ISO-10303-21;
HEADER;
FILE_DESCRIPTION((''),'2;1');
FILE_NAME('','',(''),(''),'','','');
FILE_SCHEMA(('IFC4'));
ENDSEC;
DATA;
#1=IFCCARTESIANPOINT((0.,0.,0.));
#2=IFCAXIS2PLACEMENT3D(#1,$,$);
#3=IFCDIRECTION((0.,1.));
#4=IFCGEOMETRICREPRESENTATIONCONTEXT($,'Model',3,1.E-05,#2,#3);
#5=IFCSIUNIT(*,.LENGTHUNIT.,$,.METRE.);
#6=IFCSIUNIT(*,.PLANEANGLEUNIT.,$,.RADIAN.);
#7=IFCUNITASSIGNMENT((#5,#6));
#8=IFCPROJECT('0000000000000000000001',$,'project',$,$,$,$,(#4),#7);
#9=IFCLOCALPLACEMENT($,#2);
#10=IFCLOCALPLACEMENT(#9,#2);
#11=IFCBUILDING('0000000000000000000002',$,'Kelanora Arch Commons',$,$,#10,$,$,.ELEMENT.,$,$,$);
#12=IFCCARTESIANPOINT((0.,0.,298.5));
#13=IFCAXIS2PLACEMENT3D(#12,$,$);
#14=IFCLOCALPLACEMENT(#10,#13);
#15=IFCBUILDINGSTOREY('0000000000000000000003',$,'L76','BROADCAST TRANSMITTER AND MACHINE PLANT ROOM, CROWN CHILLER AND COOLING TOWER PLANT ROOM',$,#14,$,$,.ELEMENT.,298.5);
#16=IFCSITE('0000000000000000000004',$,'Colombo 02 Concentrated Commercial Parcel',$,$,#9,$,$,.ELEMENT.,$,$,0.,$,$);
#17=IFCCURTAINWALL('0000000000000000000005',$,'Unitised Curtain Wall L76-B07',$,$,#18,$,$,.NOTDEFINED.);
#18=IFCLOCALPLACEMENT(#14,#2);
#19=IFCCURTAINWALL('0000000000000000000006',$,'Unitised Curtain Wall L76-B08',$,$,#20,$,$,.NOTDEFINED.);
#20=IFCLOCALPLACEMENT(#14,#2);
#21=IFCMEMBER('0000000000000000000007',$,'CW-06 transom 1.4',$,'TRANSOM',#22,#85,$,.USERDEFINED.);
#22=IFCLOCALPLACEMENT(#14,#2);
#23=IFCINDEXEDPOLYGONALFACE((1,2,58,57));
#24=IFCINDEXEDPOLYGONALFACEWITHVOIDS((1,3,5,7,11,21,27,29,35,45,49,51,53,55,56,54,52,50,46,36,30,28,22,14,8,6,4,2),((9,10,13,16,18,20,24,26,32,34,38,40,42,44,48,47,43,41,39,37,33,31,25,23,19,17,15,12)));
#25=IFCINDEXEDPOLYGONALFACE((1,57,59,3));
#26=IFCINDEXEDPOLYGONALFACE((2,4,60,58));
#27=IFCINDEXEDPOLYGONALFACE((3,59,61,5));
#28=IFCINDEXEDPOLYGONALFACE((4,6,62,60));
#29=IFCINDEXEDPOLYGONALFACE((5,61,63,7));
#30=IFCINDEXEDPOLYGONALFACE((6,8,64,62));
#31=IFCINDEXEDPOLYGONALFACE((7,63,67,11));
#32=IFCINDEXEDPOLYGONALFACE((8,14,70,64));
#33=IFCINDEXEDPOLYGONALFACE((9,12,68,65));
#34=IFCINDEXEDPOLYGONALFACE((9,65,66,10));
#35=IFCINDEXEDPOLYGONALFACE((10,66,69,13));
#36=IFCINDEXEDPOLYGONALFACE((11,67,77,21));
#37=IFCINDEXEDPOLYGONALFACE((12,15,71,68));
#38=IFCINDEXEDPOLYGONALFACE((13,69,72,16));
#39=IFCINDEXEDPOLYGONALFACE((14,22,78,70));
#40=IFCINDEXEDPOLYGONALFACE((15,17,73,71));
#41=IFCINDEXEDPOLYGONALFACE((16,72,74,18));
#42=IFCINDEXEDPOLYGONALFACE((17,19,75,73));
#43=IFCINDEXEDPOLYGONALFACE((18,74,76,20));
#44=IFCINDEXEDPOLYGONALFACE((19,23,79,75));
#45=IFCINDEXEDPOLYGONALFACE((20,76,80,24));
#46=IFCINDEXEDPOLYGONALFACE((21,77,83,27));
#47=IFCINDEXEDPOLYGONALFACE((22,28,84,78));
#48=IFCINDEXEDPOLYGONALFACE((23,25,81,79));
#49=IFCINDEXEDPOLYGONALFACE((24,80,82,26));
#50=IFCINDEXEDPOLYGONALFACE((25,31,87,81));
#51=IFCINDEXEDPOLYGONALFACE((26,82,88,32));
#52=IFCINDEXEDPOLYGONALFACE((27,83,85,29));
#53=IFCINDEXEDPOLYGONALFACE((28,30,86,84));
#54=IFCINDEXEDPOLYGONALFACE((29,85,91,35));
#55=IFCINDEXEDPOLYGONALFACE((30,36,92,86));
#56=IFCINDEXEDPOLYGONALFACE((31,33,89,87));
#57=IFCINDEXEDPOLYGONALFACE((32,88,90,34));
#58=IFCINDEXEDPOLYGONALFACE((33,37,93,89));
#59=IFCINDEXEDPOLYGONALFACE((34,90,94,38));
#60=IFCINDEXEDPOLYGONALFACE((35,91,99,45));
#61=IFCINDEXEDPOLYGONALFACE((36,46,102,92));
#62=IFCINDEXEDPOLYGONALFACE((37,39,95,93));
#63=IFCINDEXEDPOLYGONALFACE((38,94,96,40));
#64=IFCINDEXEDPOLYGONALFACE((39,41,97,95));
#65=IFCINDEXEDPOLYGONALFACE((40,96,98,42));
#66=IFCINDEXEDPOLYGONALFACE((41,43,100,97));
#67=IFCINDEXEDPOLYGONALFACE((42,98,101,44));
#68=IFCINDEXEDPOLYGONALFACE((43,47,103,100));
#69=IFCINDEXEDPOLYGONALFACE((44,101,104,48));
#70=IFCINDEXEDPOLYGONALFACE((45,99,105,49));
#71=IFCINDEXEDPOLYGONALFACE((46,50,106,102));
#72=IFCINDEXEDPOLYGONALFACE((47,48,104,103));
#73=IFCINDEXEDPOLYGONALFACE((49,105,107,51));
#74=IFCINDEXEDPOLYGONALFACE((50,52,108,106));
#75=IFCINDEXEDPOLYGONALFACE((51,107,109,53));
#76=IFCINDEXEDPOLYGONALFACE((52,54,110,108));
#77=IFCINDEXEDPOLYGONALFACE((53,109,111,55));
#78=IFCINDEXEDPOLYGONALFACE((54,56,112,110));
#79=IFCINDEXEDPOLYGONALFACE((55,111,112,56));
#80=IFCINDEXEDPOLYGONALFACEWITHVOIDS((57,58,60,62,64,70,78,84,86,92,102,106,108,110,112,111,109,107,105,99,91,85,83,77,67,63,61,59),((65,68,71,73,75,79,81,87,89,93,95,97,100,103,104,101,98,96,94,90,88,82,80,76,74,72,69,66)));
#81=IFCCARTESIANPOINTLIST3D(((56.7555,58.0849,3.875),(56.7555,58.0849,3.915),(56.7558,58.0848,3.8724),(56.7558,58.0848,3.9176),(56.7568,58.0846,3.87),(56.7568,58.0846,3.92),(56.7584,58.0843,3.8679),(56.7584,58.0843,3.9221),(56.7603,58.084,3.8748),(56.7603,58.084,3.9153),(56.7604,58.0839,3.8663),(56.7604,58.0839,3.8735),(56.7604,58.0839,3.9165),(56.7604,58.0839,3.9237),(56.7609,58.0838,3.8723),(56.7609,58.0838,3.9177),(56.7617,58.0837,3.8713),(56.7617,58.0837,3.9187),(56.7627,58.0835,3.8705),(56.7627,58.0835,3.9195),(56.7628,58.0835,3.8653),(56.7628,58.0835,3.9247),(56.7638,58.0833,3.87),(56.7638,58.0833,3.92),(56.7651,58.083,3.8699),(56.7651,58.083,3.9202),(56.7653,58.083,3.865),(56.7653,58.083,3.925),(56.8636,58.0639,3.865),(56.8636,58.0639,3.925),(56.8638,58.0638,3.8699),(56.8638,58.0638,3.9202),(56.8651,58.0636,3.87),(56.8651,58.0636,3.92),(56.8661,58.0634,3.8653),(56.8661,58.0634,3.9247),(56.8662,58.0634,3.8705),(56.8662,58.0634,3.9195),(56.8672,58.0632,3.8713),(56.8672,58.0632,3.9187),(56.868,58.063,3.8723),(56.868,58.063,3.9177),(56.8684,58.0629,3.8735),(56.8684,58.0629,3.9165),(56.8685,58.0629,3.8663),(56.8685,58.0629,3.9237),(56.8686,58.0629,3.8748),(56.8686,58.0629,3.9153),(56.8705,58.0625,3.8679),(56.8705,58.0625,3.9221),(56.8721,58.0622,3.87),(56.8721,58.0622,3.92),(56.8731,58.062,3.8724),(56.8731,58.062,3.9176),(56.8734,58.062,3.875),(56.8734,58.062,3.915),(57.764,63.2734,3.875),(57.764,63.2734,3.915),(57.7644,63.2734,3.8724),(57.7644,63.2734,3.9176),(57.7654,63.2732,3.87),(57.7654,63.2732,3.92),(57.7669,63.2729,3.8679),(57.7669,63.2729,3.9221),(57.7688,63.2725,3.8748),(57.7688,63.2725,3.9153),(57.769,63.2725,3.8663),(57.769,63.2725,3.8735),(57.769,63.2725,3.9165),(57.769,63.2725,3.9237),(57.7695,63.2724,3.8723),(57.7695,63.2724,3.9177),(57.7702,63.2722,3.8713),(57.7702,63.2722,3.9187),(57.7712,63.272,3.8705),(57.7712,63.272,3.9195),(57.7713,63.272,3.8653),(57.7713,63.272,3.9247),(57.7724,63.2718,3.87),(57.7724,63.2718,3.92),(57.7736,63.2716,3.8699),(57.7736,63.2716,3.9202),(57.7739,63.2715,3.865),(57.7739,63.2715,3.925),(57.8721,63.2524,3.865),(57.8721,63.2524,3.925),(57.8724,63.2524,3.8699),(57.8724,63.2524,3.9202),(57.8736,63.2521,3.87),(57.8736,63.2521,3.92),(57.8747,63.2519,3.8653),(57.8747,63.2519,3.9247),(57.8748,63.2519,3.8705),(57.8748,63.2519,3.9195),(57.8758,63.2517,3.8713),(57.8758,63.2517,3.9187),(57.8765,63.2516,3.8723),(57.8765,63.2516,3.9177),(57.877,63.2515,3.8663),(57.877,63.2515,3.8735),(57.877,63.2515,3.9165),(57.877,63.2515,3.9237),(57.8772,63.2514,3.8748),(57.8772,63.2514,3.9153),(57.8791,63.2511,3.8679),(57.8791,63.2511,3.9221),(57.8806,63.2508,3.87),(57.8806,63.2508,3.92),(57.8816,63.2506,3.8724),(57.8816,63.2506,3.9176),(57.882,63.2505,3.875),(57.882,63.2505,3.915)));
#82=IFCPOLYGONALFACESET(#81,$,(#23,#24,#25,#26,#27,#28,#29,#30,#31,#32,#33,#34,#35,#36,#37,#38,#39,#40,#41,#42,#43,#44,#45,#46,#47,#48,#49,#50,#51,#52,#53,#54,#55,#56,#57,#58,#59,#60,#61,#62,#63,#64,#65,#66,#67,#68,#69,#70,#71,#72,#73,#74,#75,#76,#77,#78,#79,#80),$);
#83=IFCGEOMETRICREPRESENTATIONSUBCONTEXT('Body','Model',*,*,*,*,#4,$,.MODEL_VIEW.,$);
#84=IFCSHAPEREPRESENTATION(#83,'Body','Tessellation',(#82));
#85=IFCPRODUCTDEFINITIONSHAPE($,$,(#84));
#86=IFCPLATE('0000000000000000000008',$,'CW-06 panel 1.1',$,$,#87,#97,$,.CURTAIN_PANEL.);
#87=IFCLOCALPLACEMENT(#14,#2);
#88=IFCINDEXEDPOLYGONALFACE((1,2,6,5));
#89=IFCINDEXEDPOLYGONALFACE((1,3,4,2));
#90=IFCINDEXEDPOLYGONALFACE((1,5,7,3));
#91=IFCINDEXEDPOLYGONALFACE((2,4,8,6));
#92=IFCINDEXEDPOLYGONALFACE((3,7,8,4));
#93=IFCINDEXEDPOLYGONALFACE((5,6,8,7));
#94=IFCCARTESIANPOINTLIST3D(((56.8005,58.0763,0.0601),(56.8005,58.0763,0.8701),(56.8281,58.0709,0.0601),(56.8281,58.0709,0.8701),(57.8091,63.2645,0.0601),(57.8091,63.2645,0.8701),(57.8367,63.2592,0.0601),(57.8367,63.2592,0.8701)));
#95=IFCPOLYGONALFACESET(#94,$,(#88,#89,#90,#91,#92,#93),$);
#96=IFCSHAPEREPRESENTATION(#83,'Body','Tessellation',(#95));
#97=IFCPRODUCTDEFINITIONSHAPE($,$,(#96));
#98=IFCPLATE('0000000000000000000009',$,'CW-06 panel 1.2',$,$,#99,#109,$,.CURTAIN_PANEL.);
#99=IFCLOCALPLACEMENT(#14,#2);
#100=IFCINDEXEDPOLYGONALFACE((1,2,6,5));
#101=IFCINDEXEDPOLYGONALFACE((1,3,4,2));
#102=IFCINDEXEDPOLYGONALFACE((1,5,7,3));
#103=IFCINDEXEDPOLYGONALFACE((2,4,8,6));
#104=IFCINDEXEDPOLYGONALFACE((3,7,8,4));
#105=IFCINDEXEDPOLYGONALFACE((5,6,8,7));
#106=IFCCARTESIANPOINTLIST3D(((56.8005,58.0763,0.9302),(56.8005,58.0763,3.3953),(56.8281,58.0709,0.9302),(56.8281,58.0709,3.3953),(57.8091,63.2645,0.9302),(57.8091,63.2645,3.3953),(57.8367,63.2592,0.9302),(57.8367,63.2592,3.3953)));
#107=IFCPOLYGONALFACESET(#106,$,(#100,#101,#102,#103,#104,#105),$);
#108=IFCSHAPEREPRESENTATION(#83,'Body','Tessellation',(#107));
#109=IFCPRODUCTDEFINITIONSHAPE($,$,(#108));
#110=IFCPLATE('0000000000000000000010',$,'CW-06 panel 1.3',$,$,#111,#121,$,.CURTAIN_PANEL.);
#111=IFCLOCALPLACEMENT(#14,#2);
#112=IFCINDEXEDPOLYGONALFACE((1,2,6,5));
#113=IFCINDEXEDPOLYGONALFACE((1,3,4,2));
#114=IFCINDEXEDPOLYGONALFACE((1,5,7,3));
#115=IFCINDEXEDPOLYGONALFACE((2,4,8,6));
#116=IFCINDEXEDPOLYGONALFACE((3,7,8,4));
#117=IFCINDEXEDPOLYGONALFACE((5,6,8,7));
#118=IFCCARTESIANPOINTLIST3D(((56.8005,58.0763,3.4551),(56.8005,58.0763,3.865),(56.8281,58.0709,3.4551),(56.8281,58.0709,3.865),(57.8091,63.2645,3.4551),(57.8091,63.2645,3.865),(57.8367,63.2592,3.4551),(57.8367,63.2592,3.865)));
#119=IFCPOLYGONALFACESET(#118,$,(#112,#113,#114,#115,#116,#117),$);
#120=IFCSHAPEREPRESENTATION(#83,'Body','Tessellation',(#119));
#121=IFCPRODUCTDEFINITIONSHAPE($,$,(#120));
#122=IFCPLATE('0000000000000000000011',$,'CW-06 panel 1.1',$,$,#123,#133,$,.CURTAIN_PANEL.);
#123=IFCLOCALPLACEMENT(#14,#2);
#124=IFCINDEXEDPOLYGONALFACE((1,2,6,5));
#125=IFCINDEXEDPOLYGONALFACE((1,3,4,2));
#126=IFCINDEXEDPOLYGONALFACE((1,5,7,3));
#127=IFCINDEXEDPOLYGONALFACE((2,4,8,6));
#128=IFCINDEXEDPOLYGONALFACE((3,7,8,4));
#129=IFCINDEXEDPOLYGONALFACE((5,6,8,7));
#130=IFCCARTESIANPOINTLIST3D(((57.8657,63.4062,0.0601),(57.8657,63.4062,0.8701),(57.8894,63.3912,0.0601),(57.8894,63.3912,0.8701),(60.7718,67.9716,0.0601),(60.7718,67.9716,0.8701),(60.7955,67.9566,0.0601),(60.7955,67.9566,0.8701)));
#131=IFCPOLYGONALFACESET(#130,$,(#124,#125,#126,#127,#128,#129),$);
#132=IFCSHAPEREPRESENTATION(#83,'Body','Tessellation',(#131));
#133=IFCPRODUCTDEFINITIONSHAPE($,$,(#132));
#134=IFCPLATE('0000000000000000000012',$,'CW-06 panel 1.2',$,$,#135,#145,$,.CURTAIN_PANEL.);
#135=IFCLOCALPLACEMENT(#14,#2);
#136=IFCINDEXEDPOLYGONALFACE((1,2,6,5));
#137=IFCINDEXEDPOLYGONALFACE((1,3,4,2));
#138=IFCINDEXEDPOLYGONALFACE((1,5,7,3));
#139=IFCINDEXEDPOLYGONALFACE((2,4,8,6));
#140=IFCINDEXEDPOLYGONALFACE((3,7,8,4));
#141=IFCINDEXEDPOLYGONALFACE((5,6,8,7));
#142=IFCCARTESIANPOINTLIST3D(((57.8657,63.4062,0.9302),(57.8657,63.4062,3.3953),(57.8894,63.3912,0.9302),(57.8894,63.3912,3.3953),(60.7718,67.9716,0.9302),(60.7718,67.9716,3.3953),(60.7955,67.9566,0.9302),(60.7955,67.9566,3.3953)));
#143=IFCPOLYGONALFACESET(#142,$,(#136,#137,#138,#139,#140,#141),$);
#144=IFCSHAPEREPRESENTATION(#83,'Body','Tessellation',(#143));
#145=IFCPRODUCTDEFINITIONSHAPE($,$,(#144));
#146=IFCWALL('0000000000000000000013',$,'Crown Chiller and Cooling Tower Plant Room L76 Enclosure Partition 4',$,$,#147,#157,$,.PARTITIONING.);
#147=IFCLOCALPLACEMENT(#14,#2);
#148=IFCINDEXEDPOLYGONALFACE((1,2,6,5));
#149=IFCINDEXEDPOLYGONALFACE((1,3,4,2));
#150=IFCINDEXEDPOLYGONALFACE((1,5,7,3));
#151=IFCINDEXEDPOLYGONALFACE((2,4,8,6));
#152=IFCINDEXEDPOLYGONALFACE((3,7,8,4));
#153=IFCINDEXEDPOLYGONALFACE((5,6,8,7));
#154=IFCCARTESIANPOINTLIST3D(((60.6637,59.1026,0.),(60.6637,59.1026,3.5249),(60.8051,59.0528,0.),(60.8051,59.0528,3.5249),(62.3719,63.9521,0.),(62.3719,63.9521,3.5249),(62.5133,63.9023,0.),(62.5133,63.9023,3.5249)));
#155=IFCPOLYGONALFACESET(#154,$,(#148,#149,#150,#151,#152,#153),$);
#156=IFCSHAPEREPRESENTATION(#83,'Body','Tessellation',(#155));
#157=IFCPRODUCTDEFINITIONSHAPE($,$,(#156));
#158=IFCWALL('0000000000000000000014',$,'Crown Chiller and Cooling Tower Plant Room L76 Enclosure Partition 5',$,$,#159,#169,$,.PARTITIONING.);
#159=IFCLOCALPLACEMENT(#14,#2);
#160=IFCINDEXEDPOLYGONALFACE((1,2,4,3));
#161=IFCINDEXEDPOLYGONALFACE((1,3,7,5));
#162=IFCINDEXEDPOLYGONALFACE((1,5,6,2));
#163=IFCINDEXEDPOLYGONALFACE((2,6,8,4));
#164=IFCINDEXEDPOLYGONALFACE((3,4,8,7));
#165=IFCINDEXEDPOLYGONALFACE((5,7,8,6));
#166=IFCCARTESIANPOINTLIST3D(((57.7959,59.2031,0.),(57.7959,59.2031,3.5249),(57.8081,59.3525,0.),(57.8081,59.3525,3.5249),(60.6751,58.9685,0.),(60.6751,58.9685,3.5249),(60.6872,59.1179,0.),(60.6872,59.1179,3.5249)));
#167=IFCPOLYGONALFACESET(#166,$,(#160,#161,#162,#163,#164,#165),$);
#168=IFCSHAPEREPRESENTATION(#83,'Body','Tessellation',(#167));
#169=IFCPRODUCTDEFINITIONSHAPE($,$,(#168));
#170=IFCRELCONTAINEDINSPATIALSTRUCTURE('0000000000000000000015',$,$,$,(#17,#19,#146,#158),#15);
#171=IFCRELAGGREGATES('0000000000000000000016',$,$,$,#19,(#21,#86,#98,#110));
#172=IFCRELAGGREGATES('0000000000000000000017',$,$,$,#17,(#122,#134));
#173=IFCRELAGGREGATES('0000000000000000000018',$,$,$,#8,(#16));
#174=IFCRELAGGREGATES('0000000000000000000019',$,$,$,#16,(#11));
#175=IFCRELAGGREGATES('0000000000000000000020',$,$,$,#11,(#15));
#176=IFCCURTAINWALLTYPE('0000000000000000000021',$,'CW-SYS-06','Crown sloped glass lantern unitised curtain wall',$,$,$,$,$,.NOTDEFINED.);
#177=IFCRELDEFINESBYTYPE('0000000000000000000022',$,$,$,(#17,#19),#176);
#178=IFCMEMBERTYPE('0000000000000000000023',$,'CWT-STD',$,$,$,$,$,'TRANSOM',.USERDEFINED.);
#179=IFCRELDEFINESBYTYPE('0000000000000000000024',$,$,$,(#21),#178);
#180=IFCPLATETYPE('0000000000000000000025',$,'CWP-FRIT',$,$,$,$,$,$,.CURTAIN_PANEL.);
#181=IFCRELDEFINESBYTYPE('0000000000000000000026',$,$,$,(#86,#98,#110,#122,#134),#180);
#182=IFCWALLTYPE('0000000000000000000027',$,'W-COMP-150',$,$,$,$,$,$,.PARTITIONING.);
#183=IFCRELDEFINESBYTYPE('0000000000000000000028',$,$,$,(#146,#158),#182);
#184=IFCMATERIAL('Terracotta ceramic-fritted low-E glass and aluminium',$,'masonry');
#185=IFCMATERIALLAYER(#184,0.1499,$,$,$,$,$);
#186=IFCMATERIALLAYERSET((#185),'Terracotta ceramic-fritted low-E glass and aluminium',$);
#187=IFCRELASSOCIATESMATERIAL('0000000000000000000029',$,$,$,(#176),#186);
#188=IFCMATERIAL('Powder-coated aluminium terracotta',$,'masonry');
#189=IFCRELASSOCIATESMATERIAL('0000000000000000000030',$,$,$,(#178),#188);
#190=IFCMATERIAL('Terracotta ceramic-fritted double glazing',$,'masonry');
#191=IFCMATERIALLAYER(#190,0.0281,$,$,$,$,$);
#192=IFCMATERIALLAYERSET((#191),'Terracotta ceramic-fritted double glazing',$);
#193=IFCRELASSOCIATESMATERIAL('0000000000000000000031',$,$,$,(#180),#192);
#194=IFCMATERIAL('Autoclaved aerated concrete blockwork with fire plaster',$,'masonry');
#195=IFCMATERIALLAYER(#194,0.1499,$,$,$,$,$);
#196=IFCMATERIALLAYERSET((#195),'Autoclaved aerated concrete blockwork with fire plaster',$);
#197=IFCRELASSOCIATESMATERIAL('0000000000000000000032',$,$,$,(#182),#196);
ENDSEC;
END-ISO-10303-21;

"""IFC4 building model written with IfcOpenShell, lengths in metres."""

from ifc_helpers import new_model, si_unit, direction, frame, frame_2d, origin, origin_2d, place, context, subcontext, project, spatial, rectangle, hollow_rectangle, extrude, source, transform, mapped, material, layer, layer_set, material_profile, profile_set, type_object, element, aggregate, save


model = new_model("IFC4")

# Units and contexts
model_context = context("Model", 3, precision=1e-05, world=origin(), true_north=direction((0.0, 1.0)))
body_context = subcontext(model_context, "Body", "Model", "MODEL_VIEW")
ifc_project = project(units=[si_unit("LENGTHUNIT", "METRE"), si_unit("PLANEANGLEUNIT", "RADIAN")], contexts=[model_context])

# Site, building, storey
site_placement = place(None, origin())
site = spatial("IfcSite", under=ifc_project, at=site_placement, Name="Colombo 02 Concentrated Commercial Parcel", CompositionType="ELEMENT", RefElevation=0.0)
building_placement = place(site_placement, origin())
building = spatial("IfcBuilding", under=site, at=building_placement, Name="Kelanora Arch Commons", CompositionType="ELEMENT")
storey_placement = place(building_placement, frame((0.0, 0.0, 298.5)))
storey = spatial("IfcBuildingStorey", under=building, at=storey_placement, Name="L76", Description="BROADCAST TRANSMITTER AND MACHINE PLANT ROOM, CROWN CHILLER AND COOLING TOWER PLANT ROOM", CompositionType="ELEMENT", Elevation=298.5)

# Curtain wall
ifc_material_1 = material(Name="Terracotta ceramic-fritted low-E glass and aluminium", Category="masonry")
ifc_layer_1 = layer(ifc_material_1, 0.1499)
ifc_layer_set_1 = layer_set([ifc_layer_1], Name="Terracotta ceramic-fritted low-E glass and aluminium")
curtain_wall_type = type_object("IfcCurtainWallType", Name="CW-SYS-06", Description="Crown sloped glass lantern unitised curtain wall", PredefinedType="NOTDEFINED", material=ifc_layer_set_1)
curtain_wall_1_placement = place(storey_placement, origin())
curtain_wall_1 = element("IfcCurtainWall", 1, at=curtain_wall_1_placement, inside=storey, type_object=curtain_wall_type, Name="Unitised Curtain Wall L76-B07", PredefinedType="NOTDEFINED")
ifc_material_2 = material(Name="Powder-coated aluminium terracotta", Category="masonry")

# Curtain wall, member, plates
curtain_wall_2_placement = place(storey_placement, origin())
curtain_wall_2 = element("IfcCurtainWall", 2, at=curtain_wall_2_placement, inside=storey, type_object=curtain_wall_type, Name="Unitised Curtain Wall L76-B08", PredefinedType="NOTDEFINED")
ifc_material_profile_1 = material_profile(ifc_material_2, hollow_rectangle(XDim=0.1201, YDim=0.0601, WallThickness=0.0049, InnerFilletRadius=0.0049, OuterFilletRadius=0.01, at=origin_2d()), Name="CWT120x60")
ifc_profile_set_1 = profile_set([ifc_material_profile_1], Name="Powder-coated aluminium terracotta")
member_type_1 = type_object("IfcMemberType", Name="CWT-STD", ElementType="TRANSOM", PredefinedType="USERDEFINED", material=ifc_profile_set_1)
member_1_placement = place(storey_placement, frame((57.823, 63.262, 3.895), z_axis=(-0.19081, -0.981627, 0.0), x_axis=(0.981627, -0.19081, 0.0)))
member_1 = element("IfcMember", 3, at=member_1_placement, type_object=member_type_1, Name="CW-06 transom 1.4", ObjectType="TRANSOM", PredefinedType="USERDEFINED", context=body_context, shape_type="SweptSolid", body=[
    extrude(hollow_rectangle(XDim=0.1201, YDim=0.0601, WallThickness=0.0049, InnerFilletRadius=0.0049, OuterFilletRadius=0.01, at=origin_2d()), origin(), (0.0, 0.0, 1.0), 5.2856),
])
ifc_material_3 = material(Name="Terracotta ceramic-fritted double glazing", Category="masonry")
ifc_layer_2 = layer(ifc_material_3, 0.0281)
ifc_layer_set_2 = layer_set([ifc_layer_2], Name="Terracotta ceramic-fritted double glazing")
plate_type = type_object("IfcPlateType", Name="CWP-FRIT", PredefinedType="CURTAIN_PANEL", material=ifc_layer_set_2)
shared_shape_1 = source(origin(), body_context, "Body", "SweptSolid", [
    extrude(rectangle(XDim=5.2854, YDim=0.0281, at=origin_2d()), origin(), (0.0, 0.0, 1.0), 0.8101),
])
plate_1_placement = place(storey_placement, frame((57.3186, 60.6677, 0.0601), z_axis=(0.0, 0.0, 1.0), x_axis=(-0.190827, -0.981624, 0.0)))
plate_1 = element("IfcPlate", 4, at=plate_1_placement, type_object=plate_type, Name="CW-06 panel 1.1", PredefinedType="CURTAIN_PANEL", context=body_context, shape_type="MappedRepresentation", body=[
    mapped(shared_shape_1, transform((0.0, 0.0, 0.0), scale=1.0)),
])
shared_shape_2 = source(origin(), body_context, "Body", "SweptSolid", [
    extrude(rectangle(XDim=5.2854, YDim=0.0281, at=origin_2d()), origin(), (0.0, 0.0, 1.0), 2.4651),
])
plate_2_placement = place(storey_placement, frame((57.3186, 60.6677, 0.9302), z_axis=(0.0, 0.0, 1.0), x_axis=(-0.190827, -0.981624, 0.0)))
plate_2 = element("IfcPlate", 5, at=plate_2_placement, type_object=plate_type, Name="CW-06 panel 1.2", PredefinedType="CURTAIN_PANEL", context=body_context, shape_type="MappedRepresentation", body=[
    mapped(shared_shape_2, transform((0.0, 0.0, 0.0), scale=1.0)),
])
shared_shape_3 = source(origin(), body_context, "Body", "SweptSolid", [
    extrude(rectangle(XDim=5.2854, YDim=0.0281, at=origin_2d()), origin(), (0.0, 0.0, 1.0), 0.4099),
])
plate_3_placement = place(storey_placement, frame((57.3186, 60.6677, 3.4551), z_axis=(0.0, 0.0, 1.0), x_axis=(-0.190827, -0.981624, 0.0)))
plate_3 = element("IfcPlate", 6, at=plate_3_placement, type_object=plate_type, Name="CW-06 panel 1.3", PredefinedType="CURTAIN_PANEL", context=body_context, shape_type="MappedRepresentation", body=[
    mapped(shared_shape_3, transform((0.0, 0.0, 0.0), scale=1.0)),
])
aggregate(curtain_wall_2, [member_1, plate_1, plate_2, plate_3])

# Plates
shared_shape_4 = source(origin(), body_context, "Body", "SweptSolid", [
    extrude(rectangle(XDim=5.4119, YDim=0.0281, at=origin_2d()), origin(), (0.0, 0.0, 1.0), 0.8101),
])
plate_4_placement = place(storey_placement, frame((59.3306, 65.6814, 0.0601), z_axis=(0.0, 0.0, 1.0), x_axis=(-0.536984, -0.843592, 0.0)))
plate_4 = element("IfcPlate", 7, at=plate_4_placement, type_object=plate_type, Name="CW-06 panel 1.1", PredefinedType="CURTAIN_PANEL", context=body_context, shape_type="MappedRepresentation", body=[
    mapped(shared_shape_4, transform((0.0, 0.0, 0.0), scale=1.0)),
])
shared_shape_5 = source(origin(), body_context, "Body", "SweptSolid", [
    extrude(rectangle(XDim=5.4119, YDim=0.0281, at=origin_2d()), origin(), (0.0, 0.0, 1.0), 2.4651),
])
plate_5_placement = place(storey_placement, frame((59.3306, 65.6814, 0.9302), z_axis=(0.0, 0.0, 1.0), x_axis=(-0.536984, -0.843592, 0.0)))
plate_5 = element("IfcPlate", 8, at=plate_5_placement, type_object=plate_type, Name="CW-06 panel 1.2", PredefinedType="CURTAIN_PANEL", context=body_context, shape_type="MappedRepresentation", body=[
    mapped(shared_shape_5, transform((0.0, 0.0, 0.0), scale=1.0)),
])
aggregate(curtain_wall_1, [plate_4, plate_5])

# Walls
ifc_material_4 = material(Name="Autoclaved aerated concrete blockwork with fire plaster", Category="masonry")
ifc_layer_3 = layer(ifc_material_4, 0.1499)
ifc_layer_set_3 = layer_set([ifc_layer_3], Name="Autoclaved aerated concrete blockwork with fire plaster")
wall_type = type_object("IfcWallType", Name="W-COMP-150", PredefinedType="PARTITIONING", material=ifc_layer_set_3)
wall_1_placement = place(storey_placement, frame((62.4426, 63.9272, 0.0), z_axis=(0.0, 0.0, 1.0), x_axis=(-0.332236, -0.943196, 0.0)))
element("IfcWall", 9, at=wall_1_placement, inside=storey, type_object=wall_type, Name="Crown Chiller and Cooling Tower Plant Room L76 Enclosure Partition 4", PredefinedType="PARTITIONING", context=body_context, shape_type="SweptSolid", body=[
    extrude(rectangle(XDim=5.1416, YDim=0.1499, at=frame_2d((2.5708, 0.0))), origin(), (0.0, 0.0, 1.0), 3.5249),
])
wall_2_placement = place(storey_placement, frame((60.6812, 59.0432, 0.0), z_axis=(0.0, 0.0, 1.0), x_axis=(-0.996696, 0.08122, 0.0)))
element("IfcWall", 10, at=wall_2_placement, inside=storey, type_object=wall_type, Name="Crown Chiller and Cooling Tower Plant Room L76 Enclosure Partition 5", PredefinedType="PARTITIONING", context=body_context, shape_type="SweptSolid", body=[
    extrude(rectangle(XDim=2.8887, YDim=0.1499, at=frame_2d((1.4443, 0.0))), origin(), (0.0, 0.0, 1.0), 3.5249),
])

save(model, "model.ifc")
